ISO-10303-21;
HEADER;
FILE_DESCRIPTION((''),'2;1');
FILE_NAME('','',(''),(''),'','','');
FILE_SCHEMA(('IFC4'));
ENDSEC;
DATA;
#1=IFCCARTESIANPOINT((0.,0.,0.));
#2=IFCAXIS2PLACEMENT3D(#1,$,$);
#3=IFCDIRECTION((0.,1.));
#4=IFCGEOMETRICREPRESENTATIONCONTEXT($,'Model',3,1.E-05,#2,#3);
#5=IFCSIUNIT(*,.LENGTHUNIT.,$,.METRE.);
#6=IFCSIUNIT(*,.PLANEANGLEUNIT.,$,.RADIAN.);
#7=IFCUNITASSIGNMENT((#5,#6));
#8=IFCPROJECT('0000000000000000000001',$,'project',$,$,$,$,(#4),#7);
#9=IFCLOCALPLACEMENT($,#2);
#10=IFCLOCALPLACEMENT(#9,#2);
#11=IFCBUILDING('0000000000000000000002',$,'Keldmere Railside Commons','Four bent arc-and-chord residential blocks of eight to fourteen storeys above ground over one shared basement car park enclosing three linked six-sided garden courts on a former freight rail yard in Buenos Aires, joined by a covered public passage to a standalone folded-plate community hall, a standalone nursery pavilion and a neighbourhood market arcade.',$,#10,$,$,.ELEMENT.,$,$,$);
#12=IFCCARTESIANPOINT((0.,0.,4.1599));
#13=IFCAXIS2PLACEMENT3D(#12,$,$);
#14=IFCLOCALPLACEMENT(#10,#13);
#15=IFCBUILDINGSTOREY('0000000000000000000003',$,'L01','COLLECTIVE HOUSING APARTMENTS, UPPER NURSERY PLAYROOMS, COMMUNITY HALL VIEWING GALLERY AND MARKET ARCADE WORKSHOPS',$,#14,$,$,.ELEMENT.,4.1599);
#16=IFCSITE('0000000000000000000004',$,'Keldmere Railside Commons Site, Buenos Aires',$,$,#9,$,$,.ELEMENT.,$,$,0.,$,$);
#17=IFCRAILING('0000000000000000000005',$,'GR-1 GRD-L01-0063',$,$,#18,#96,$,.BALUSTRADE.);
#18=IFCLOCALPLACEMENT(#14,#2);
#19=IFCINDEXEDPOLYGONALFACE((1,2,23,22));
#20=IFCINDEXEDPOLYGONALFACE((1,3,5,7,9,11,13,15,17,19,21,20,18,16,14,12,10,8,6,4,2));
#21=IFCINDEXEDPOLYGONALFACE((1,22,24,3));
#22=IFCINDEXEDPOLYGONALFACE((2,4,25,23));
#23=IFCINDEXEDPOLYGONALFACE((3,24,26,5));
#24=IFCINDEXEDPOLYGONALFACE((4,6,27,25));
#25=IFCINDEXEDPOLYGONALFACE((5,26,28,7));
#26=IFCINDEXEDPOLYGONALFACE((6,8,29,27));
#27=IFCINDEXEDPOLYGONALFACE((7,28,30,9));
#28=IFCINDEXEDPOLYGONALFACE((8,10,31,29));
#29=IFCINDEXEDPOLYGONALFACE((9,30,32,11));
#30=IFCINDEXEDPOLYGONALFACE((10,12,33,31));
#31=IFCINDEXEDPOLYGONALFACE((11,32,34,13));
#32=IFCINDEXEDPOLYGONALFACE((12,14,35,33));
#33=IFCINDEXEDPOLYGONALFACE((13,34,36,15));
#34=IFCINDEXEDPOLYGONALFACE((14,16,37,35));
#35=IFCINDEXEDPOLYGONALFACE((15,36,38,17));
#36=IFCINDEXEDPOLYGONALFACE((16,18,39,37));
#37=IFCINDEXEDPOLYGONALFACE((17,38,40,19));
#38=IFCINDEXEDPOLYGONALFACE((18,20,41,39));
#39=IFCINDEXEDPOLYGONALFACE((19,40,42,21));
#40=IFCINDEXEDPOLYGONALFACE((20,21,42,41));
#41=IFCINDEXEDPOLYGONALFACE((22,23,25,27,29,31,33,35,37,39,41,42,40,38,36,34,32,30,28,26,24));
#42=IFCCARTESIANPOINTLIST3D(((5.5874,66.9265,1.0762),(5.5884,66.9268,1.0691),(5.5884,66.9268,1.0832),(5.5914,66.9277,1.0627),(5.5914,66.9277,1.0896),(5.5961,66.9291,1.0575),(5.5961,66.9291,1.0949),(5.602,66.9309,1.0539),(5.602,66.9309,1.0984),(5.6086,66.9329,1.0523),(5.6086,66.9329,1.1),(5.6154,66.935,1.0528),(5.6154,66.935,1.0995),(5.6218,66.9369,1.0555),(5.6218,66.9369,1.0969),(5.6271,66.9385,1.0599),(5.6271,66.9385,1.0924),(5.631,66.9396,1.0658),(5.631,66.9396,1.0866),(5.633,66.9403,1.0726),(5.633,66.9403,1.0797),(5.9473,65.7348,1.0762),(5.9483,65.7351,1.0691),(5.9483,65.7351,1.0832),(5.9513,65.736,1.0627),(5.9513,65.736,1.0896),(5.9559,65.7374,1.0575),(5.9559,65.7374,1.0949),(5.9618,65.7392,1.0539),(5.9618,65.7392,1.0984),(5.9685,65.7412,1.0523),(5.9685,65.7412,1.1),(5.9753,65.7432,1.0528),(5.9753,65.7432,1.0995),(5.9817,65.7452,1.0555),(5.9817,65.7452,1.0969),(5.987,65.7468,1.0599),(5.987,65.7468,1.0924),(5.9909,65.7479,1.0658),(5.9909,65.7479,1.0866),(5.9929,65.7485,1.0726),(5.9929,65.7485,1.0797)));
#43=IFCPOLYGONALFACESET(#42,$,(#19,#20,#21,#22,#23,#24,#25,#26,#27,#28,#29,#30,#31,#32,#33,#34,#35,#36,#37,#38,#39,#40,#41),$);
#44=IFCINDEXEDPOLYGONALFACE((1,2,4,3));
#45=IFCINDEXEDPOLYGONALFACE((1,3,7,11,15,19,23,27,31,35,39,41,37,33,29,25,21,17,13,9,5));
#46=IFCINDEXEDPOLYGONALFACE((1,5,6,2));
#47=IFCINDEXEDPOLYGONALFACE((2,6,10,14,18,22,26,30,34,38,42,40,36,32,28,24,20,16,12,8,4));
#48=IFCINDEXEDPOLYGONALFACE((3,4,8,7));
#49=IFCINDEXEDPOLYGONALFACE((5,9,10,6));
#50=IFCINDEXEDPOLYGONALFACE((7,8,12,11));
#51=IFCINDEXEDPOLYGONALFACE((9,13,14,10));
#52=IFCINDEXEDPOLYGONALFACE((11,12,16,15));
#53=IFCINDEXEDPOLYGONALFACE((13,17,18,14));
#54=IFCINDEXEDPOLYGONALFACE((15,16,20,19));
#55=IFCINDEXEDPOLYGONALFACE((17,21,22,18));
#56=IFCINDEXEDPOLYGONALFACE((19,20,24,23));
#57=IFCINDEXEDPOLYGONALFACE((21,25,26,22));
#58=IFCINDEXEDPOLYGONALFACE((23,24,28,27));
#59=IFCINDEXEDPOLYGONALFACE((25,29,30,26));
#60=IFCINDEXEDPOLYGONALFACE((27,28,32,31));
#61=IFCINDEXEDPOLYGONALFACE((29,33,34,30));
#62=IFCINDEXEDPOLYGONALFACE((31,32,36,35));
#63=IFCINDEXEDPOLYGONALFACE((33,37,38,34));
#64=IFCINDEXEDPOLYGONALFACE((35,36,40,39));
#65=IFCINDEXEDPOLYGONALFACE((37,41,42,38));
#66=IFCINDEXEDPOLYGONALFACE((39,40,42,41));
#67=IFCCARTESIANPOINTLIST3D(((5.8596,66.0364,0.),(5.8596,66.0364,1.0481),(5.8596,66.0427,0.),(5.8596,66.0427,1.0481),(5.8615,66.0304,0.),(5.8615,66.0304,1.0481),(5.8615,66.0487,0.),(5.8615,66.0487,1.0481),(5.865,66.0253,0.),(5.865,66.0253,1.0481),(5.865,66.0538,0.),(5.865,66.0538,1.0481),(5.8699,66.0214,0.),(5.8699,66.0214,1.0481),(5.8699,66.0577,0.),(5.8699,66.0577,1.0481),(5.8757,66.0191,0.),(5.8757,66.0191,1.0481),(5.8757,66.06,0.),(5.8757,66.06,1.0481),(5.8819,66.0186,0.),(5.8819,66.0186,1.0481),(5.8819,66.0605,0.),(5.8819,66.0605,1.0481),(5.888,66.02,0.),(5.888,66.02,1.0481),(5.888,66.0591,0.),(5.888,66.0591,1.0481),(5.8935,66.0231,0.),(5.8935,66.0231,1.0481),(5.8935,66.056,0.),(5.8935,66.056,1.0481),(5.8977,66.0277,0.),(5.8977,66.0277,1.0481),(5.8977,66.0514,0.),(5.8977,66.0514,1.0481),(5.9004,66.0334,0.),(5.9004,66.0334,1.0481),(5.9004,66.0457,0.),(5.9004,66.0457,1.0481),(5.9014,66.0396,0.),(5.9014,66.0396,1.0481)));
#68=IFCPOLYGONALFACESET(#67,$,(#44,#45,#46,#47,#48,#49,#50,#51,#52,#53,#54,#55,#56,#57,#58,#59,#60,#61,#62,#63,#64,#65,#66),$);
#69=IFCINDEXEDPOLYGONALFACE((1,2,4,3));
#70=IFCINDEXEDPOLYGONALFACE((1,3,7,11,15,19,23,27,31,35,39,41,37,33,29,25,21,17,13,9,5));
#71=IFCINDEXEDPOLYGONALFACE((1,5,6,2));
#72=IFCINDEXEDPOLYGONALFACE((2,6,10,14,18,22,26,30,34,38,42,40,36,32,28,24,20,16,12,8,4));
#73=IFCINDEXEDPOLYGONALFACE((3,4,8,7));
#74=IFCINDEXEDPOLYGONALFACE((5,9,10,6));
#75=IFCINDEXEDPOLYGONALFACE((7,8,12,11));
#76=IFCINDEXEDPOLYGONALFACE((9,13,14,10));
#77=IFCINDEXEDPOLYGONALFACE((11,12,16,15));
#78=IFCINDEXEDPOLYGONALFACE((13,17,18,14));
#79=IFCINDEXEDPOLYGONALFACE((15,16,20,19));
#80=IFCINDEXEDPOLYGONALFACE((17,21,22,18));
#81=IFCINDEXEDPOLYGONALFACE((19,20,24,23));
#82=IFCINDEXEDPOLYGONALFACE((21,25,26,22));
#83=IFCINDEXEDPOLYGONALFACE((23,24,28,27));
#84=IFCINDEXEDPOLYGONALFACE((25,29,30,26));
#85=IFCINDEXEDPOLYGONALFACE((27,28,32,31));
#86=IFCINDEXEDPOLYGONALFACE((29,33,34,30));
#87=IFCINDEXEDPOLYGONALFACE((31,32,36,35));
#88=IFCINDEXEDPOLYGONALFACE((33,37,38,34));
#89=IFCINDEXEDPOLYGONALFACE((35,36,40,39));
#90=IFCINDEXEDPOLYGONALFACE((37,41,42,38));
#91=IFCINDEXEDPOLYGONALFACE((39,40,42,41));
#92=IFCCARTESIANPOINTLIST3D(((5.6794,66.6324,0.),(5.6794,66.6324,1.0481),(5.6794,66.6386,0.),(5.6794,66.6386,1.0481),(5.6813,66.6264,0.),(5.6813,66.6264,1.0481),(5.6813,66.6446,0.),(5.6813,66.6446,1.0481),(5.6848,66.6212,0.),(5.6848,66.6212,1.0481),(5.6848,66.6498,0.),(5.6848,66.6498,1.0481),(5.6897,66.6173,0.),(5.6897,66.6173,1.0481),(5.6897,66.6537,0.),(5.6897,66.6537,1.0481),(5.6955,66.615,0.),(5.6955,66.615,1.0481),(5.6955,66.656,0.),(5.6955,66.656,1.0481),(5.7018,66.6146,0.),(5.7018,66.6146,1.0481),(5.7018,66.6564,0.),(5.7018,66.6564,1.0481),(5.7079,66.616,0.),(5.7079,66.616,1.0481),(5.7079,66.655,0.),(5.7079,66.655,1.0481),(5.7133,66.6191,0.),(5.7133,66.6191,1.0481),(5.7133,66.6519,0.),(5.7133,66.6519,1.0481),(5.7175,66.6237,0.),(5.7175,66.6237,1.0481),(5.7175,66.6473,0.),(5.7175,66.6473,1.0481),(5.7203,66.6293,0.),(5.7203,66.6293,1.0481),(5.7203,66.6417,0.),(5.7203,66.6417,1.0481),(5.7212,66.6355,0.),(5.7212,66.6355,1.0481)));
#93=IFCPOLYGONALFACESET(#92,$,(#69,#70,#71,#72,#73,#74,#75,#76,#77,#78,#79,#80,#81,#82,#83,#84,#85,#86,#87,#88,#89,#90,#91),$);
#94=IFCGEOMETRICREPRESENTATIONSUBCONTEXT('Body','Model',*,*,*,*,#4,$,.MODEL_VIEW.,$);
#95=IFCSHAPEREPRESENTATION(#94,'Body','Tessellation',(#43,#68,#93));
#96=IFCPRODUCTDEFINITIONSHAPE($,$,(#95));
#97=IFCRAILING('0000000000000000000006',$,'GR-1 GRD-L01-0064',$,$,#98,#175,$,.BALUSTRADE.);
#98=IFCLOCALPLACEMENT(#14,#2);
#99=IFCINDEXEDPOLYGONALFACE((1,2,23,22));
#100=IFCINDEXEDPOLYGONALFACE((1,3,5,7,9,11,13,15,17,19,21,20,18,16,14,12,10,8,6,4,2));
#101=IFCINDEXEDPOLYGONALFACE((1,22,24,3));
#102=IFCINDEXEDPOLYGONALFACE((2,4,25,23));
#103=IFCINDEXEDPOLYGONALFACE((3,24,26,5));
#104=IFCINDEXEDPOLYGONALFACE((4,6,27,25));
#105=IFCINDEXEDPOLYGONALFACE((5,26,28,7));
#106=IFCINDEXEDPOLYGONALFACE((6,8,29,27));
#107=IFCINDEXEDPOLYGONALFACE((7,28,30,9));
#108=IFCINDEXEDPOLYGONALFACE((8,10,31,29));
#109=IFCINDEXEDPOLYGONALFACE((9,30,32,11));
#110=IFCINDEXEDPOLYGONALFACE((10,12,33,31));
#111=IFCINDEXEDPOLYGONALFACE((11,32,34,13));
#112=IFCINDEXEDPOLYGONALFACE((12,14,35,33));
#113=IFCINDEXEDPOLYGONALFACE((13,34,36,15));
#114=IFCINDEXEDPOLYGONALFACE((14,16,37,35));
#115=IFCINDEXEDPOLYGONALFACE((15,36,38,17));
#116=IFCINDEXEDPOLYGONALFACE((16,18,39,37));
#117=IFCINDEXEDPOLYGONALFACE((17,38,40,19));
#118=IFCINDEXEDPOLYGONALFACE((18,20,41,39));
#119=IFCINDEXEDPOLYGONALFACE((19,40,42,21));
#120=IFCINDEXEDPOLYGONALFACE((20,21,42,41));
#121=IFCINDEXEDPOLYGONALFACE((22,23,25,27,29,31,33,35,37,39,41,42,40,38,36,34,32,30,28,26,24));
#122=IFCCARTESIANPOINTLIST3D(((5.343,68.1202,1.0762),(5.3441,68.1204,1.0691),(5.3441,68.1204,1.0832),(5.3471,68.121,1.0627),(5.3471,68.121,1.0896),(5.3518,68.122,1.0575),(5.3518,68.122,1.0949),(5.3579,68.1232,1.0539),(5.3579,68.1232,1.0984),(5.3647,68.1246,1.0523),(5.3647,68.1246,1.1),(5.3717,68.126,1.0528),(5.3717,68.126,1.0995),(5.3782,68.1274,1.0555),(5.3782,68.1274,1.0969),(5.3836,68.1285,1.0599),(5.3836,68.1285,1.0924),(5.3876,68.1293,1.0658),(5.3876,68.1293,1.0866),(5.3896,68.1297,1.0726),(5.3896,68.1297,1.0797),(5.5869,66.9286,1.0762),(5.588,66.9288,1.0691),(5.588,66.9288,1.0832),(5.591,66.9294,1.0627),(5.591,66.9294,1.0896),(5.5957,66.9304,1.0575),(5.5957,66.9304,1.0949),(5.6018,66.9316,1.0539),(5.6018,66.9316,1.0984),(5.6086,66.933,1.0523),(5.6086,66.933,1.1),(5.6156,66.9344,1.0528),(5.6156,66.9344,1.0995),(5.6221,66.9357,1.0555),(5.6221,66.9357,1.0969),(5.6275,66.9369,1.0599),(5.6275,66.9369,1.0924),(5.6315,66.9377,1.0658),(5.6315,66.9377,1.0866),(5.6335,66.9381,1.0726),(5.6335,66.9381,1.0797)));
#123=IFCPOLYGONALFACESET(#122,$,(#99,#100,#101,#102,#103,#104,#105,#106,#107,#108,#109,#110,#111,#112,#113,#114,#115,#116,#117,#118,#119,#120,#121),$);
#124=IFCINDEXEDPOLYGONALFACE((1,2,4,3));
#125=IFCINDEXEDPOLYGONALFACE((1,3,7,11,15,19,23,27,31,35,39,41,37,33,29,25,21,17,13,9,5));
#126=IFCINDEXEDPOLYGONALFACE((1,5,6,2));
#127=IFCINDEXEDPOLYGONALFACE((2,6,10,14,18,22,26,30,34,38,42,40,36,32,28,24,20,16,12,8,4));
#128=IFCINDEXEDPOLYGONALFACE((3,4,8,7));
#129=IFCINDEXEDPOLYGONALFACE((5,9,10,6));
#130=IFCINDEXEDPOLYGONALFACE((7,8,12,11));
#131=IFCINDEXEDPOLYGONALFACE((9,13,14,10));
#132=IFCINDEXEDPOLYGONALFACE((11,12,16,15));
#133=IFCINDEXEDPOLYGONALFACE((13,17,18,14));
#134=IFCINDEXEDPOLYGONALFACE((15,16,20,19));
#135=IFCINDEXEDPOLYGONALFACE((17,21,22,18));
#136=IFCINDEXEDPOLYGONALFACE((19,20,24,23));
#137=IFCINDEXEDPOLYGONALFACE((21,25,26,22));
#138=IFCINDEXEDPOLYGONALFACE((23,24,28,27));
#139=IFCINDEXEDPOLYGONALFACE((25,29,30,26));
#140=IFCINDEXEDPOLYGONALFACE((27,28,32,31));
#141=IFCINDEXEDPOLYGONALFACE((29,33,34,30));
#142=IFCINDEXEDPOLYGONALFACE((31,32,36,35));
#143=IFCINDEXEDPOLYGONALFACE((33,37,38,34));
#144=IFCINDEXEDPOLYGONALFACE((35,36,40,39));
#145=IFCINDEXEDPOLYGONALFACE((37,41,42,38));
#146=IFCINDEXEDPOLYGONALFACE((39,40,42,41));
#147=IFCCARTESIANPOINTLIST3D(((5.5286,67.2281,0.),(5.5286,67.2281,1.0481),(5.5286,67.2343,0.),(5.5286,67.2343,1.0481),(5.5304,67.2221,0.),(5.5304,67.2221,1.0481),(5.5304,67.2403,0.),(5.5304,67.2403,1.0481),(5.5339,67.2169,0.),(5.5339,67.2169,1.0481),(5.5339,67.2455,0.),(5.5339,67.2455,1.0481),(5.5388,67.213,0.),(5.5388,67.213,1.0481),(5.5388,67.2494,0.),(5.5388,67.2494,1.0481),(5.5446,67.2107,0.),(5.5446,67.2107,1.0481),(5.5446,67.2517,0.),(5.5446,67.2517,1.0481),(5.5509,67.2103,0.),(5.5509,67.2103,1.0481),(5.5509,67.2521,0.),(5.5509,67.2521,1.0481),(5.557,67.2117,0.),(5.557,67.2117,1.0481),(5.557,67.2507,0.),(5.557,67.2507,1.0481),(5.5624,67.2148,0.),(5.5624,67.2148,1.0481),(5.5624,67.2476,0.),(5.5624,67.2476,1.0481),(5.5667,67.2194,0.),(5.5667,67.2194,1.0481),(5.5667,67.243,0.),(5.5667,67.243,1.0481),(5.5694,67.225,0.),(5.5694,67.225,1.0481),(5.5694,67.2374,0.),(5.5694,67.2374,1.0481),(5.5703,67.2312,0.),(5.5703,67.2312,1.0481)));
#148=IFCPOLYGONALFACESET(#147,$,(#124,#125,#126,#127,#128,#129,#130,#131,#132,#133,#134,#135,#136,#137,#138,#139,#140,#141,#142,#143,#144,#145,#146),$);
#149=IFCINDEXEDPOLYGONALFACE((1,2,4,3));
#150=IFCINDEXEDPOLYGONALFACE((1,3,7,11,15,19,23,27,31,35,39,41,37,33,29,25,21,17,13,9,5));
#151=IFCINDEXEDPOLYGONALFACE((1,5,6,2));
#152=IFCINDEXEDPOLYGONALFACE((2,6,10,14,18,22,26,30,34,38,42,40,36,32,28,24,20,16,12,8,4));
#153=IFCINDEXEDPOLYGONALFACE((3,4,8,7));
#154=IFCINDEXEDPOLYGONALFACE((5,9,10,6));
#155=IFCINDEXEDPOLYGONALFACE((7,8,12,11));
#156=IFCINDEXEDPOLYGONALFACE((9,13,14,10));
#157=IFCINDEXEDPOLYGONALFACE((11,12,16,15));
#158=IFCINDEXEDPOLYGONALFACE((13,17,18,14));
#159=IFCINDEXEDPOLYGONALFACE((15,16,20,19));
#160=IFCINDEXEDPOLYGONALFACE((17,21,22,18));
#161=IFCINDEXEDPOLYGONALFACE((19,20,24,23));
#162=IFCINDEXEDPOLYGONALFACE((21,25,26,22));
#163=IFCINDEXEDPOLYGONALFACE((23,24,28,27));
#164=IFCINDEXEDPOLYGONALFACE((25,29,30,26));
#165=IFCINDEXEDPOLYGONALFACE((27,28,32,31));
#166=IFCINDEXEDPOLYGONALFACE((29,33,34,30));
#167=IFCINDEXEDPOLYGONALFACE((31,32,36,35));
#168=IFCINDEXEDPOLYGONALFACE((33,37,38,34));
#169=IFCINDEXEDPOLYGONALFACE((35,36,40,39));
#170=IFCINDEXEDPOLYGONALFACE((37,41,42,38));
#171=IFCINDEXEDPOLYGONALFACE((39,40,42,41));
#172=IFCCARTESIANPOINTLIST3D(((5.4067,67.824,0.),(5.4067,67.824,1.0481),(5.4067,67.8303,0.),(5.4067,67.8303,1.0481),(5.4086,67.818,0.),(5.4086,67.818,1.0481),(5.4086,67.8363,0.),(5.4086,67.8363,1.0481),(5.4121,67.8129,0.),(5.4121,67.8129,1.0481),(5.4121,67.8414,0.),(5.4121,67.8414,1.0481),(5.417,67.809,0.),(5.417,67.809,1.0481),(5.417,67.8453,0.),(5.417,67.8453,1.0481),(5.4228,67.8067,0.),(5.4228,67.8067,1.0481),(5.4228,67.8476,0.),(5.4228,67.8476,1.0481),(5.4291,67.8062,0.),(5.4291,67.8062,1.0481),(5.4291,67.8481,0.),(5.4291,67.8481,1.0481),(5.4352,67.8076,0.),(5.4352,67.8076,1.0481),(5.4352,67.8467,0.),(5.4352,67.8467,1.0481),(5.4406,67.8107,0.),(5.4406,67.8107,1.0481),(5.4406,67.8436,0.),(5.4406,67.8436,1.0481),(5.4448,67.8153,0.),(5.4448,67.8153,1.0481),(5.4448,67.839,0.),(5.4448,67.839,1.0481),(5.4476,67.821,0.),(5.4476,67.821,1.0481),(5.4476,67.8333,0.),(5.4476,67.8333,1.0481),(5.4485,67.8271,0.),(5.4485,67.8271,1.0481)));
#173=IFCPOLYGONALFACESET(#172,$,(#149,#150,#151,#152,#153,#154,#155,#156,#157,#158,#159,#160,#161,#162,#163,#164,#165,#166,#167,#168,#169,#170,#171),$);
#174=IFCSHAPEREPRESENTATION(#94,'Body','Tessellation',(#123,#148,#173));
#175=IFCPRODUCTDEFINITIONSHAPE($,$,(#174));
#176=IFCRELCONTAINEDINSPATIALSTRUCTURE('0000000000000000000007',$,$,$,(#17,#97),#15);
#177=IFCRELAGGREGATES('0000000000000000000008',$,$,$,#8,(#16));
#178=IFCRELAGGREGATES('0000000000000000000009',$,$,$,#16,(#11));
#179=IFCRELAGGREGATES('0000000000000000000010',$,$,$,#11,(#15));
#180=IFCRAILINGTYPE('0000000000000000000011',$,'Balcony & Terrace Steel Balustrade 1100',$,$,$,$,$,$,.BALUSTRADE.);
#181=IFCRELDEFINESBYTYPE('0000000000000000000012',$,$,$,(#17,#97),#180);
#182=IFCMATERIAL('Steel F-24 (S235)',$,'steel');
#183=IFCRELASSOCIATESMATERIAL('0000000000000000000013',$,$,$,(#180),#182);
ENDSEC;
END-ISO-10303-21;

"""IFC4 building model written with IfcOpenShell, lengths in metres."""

from ifc_helpers import new_model, si_unit, direction, frame, origin, origin_2d, place, context, subcontext, project, spatial, circle, extrude, material, type_object, element, save


model = new_model("IFC4")

# Units and contexts
model_context = context("Model", 3, precision=1e-05, world=origin(), true_north=direction((0.0, 1.0)))
body_context = subcontext(model_context, "Body", "Model", "MODEL_VIEW")
ifc_project = project(units=[si_unit("LENGTHUNIT", "METRE"), si_unit("PLANEANGLEUNIT", "RADIAN")], contexts=[model_context])

# Site, building, storey
site_placement = place(None, origin())
site = spatial("IfcSite", under=ifc_project, at=site_placement, Name="Keldmere Railside Commons Site, Buenos Aires", CompositionType="ELEMENT", RefElevation=0.0)
building_placement = place(site_placement, origin())
building = spatial("IfcBuilding", under=site, at=building_placement, Name="Keldmere Railside Commons", Description="Four bent arc-and-chord residential blocks of eight to fourteen storeys above ground over one shared basement car park enclosing three linked six-sided garden courts on a former freight rail yard in Buenos Aires, joined by a covered public passage to a standalone folded-plate community hall, a standalone nursery pavilion and a neighbourhood market arcade.", CompositionType="ELEMENT")
storey_placement = place(building_placement, frame((0.0, 0.0, 4.1599)))
storey = spatial("IfcBuildingStorey", under=building, at=storey_placement, Name="L01", Description="COLLECTIVE HOUSING APARTMENTS, UPPER NURSERY PLAYROOMS, COMMUNITY HALL VIEWING GALLERY AND MARKET ARCADE WORKSHOPS", CompositionType="ELEMENT", Elevation=4.1599)

# Railings
ifc_material_1 = material(Name="Steel F-24 (S235)", Category="steel")
railing_type_1 = type_object("IfcRailingType", Name="Balcony & Terrace Steel Balustrade 1100", PredefinedType="BALUSTRADE", material=ifc_material_1)
railing_1_placement = place(storey_placement, frame((5.9702, 65.7417, 0.0)))
element("IfcRailing", 1, at=railing_1_placement, inside=storey, type_object=railing_type_1, Name="GR-1 GRD-L01-0063", PredefinedType="BALUSTRADE", context=body_context, shape_type="SweptSolid", body=[
    extrude(circle(Radius=0.0239, at=origin_2d()), frame((0.0, 0.0, 1.0762), z_axis=(-0.289093, 0.957301, 0.0), x_axis=(-0.957301, -0.289093, 0.0)), (0.0, 0.0, 1.0), 1.2449),
    extrude(circle(Radius=0.021, at=origin_2d()), frame((-0.0898, 0.2979, 0.0)), (0.0, 0.0, 1.0), 1.0481),
    extrude(circle(Radius=0.021, at=origin_2d()), frame((-0.27, 0.8938, 0.0)), (0.0, 0.0, 1.0), 1.0481),
])
railing_2_placement = place(storey_placement, frame((5.6104, 66.9333, 0.0)))
element("IfcRailing", 2, at=railing_2_placement, inside=storey, type_object=railing_type_1, Name="GR-1 GRD-L01-0064", PredefinedType="BALUSTRADE", context=body_context, shape_type="SweptSolid", body=[
    extrude(circle(Radius=0.0239, at=origin_2d()), frame((0.0, 0.0, 1.0762), z_axis=(-0.200514, 0.979691, 0.0), x_axis=(-0.979691, -0.200514, 0.0)), (0.0, 0.0, 1.0), 1.2163),
    extrude(circle(Radius=0.021, at=origin_2d()), frame((-0.061, 0.2979, 0.0)), (0.0, 0.0, 1.0), 1.0481),
    extrude(circle(Radius=0.021, at=origin_2d()), frame((-0.1829, 0.8938, 0.0)), (0.0, 0.0, 1.0), 1.0481),
])

save(model, "model.ifc")
